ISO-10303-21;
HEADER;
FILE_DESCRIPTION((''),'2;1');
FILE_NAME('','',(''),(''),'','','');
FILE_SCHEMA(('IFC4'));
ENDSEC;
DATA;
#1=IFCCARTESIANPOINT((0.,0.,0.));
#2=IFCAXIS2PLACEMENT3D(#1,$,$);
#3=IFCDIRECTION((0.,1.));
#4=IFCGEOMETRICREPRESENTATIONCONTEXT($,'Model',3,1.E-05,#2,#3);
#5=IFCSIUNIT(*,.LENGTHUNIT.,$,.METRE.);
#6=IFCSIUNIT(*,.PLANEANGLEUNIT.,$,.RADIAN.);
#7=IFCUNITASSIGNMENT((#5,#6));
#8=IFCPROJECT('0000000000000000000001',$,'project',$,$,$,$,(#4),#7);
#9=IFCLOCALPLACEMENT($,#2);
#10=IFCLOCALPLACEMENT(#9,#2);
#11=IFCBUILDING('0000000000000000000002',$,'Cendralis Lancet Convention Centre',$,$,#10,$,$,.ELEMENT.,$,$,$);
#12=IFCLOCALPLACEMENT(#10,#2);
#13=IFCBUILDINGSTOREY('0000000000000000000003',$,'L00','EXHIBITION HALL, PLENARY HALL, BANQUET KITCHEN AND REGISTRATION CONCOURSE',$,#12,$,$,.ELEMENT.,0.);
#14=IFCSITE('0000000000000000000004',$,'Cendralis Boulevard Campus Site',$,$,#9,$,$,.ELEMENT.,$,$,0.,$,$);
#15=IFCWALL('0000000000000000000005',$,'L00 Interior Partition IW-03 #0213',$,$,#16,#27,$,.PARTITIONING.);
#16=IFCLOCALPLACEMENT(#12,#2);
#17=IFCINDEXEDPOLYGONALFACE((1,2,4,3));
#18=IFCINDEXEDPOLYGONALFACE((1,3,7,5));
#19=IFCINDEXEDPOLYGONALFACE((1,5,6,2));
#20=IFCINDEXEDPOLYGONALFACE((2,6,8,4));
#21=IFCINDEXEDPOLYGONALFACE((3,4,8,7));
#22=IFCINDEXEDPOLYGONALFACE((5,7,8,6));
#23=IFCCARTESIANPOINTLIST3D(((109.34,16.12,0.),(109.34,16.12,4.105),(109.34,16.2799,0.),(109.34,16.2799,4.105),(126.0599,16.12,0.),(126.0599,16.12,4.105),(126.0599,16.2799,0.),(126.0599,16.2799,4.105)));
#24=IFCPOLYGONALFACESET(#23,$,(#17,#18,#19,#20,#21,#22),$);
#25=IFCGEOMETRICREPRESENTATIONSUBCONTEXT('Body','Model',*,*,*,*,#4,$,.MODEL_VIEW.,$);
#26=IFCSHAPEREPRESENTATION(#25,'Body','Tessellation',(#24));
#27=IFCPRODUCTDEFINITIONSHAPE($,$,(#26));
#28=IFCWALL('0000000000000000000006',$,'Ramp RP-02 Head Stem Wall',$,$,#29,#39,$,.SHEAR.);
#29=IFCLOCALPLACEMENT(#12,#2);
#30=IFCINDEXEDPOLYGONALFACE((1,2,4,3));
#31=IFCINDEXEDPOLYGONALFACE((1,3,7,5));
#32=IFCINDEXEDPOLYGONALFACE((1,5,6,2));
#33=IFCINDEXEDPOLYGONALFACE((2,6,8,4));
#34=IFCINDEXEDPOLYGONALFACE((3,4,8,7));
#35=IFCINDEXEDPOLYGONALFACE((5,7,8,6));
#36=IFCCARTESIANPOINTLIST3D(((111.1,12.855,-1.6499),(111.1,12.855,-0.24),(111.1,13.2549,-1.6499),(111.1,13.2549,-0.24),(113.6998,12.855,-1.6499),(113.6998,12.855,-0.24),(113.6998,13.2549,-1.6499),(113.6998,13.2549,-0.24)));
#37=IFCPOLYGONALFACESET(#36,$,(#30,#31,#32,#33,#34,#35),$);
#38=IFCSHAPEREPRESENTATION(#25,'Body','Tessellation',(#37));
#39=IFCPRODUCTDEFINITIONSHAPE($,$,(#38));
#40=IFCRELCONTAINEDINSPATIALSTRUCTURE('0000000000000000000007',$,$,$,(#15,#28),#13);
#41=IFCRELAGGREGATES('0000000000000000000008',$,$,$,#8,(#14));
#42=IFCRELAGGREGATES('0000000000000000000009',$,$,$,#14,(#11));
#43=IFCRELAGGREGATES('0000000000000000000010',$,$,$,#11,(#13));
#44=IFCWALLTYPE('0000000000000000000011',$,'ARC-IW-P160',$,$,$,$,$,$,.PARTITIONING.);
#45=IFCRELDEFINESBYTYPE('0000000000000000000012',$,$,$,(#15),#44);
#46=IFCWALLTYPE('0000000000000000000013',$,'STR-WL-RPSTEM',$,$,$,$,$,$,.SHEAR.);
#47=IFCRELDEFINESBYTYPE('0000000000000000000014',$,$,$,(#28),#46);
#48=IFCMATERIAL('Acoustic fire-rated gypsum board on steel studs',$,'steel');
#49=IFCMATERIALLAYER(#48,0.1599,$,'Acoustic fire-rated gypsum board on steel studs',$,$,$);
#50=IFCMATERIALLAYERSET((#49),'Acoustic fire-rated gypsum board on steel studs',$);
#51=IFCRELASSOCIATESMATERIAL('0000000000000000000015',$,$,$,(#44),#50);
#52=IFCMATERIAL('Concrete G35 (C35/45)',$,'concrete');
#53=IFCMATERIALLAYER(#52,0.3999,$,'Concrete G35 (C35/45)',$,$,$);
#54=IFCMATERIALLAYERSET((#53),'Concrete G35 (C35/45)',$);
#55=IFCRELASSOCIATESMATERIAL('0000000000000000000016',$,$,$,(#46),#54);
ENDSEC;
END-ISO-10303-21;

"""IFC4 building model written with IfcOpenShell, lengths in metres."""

from ifc_helpers import new_model, si_unit, direction, frame, frame_2d, origin, place, context, subcontext, project, spatial, rectangle, extrude, material, layer, layer_set, type_object, element, save


model = new_model("IFC4")

# Units and contexts
model_context = context("Model", 3, precision=1e-05, world=origin(), true_north=direction((0.0, 1.0)))
body_context = subcontext(model_context, "Body", "Model", "MODEL_VIEW")
ifc_project = project(units=[si_unit("LENGTHUNIT", "METRE"), si_unit("PLANEANGLEUNIT", "RADIAN")], contexts=[model_context])

# Site, building, storey
site_placement = place(None, origin())
site = spatial("IfcSite", under=ifc_project, at=site_placement, Name="Cendralis Boulevard Campus Site", CompositionType="ELEMENT", RefElevation=0.0)
building_placement = place(site_placement, origin())
building = spatial("IfcBuilding", under=site, at=building_placement, Name="Cendralis Lancet Convention Centre", CompositionType="ELEMENT")
storey_placement = place(building_placement, origin())
storey = spatial("IfcBuildingStorey", under=building, at=storey_placement, Name="L00", Description="EXHIBITION HALL, PLENARY HALL, BANQUET KITCHEN AND REGISTRATION CONCOURSE", CompositionType="ELEMENT", Elevation=0.0)

# Shared definitions
ifc_material_1 = material(Name="Concrete G35 (C35/45)", Category="concrete")

# Walls
ifc_material_2 = material(Name="Acoustic fire-rated gypsum board on steel studs", Category="steel")
ifc_layer_1 = layer(ifc_material_2, 0.1599, Name="Acoustic fire-rated gypsum board on steel studs")
ifc_layer_set_1 = layer_set([ifc_layer_1], Name="Acoustic fire-rated gypsum board on steel studs")
wall_type_1 = type_object("IfcWallType", Name="ARC-IW-P160", PredefinedType="PARTITIONING", material=ifc_layer_set_1)
wall_1_placement = place(storey_placement, frame((109.3401, 16.2, 0.0), z_axis=(0.0, 0.0, 1.0), x_axis=(1.0, 0.0, 0.0)))
element("IfcWall", 1, at=wall_1_placement, inside=storey, type_object=wall_type_1, Name="L00 Interior Partition IW-03 #0213", PredefinedType="PARTITIONING", context=body_context, shape_type="SweptSolid", body=[
    extrude(rectangle(XDim=16.72, YDim=0.1599, at=frame_2d((8.3599, 0.0))), origin(), (0.0, 0.0, 1.0), 4.105),
])
ifc_layer_2 = layer(ifc_material_1, 0.3999, Name="Concrete G35 (C35/45)")
ifc_layer_set_2 = layer_set([ifc_layer_2], Name="Concrete G35 (C35/45)")
wall_type_2 = type_object("IfcWallType", Name="STR-WL-RPSTEM", PredefinedType="SHEAR", material=ifc_layer_set_2)
wall_2_placement = place(storey_placement, frame((111.1001, 13.0549, -1.6499), z_axis=(0.0, 0.0, 1.0), x_axis=(1.0, 0.0, 0.0)))
element("IfcWall", 2, at=wall_2_placement, inside=storey, type_object=wall_type_2, Name="Ramp RP-02 Head Stem Wall", PredefinedType="SHEAR", context=body_context, shape_type="SweptSolid", body=[
    extrude(rectangle(XDim=2.5999, YDim=0.3999, at=frame_2d((1.2998, 0.0))), origin(), (0.0, 0.0, 1.0), 1.4099),
])

save(model, "model.ifc")
